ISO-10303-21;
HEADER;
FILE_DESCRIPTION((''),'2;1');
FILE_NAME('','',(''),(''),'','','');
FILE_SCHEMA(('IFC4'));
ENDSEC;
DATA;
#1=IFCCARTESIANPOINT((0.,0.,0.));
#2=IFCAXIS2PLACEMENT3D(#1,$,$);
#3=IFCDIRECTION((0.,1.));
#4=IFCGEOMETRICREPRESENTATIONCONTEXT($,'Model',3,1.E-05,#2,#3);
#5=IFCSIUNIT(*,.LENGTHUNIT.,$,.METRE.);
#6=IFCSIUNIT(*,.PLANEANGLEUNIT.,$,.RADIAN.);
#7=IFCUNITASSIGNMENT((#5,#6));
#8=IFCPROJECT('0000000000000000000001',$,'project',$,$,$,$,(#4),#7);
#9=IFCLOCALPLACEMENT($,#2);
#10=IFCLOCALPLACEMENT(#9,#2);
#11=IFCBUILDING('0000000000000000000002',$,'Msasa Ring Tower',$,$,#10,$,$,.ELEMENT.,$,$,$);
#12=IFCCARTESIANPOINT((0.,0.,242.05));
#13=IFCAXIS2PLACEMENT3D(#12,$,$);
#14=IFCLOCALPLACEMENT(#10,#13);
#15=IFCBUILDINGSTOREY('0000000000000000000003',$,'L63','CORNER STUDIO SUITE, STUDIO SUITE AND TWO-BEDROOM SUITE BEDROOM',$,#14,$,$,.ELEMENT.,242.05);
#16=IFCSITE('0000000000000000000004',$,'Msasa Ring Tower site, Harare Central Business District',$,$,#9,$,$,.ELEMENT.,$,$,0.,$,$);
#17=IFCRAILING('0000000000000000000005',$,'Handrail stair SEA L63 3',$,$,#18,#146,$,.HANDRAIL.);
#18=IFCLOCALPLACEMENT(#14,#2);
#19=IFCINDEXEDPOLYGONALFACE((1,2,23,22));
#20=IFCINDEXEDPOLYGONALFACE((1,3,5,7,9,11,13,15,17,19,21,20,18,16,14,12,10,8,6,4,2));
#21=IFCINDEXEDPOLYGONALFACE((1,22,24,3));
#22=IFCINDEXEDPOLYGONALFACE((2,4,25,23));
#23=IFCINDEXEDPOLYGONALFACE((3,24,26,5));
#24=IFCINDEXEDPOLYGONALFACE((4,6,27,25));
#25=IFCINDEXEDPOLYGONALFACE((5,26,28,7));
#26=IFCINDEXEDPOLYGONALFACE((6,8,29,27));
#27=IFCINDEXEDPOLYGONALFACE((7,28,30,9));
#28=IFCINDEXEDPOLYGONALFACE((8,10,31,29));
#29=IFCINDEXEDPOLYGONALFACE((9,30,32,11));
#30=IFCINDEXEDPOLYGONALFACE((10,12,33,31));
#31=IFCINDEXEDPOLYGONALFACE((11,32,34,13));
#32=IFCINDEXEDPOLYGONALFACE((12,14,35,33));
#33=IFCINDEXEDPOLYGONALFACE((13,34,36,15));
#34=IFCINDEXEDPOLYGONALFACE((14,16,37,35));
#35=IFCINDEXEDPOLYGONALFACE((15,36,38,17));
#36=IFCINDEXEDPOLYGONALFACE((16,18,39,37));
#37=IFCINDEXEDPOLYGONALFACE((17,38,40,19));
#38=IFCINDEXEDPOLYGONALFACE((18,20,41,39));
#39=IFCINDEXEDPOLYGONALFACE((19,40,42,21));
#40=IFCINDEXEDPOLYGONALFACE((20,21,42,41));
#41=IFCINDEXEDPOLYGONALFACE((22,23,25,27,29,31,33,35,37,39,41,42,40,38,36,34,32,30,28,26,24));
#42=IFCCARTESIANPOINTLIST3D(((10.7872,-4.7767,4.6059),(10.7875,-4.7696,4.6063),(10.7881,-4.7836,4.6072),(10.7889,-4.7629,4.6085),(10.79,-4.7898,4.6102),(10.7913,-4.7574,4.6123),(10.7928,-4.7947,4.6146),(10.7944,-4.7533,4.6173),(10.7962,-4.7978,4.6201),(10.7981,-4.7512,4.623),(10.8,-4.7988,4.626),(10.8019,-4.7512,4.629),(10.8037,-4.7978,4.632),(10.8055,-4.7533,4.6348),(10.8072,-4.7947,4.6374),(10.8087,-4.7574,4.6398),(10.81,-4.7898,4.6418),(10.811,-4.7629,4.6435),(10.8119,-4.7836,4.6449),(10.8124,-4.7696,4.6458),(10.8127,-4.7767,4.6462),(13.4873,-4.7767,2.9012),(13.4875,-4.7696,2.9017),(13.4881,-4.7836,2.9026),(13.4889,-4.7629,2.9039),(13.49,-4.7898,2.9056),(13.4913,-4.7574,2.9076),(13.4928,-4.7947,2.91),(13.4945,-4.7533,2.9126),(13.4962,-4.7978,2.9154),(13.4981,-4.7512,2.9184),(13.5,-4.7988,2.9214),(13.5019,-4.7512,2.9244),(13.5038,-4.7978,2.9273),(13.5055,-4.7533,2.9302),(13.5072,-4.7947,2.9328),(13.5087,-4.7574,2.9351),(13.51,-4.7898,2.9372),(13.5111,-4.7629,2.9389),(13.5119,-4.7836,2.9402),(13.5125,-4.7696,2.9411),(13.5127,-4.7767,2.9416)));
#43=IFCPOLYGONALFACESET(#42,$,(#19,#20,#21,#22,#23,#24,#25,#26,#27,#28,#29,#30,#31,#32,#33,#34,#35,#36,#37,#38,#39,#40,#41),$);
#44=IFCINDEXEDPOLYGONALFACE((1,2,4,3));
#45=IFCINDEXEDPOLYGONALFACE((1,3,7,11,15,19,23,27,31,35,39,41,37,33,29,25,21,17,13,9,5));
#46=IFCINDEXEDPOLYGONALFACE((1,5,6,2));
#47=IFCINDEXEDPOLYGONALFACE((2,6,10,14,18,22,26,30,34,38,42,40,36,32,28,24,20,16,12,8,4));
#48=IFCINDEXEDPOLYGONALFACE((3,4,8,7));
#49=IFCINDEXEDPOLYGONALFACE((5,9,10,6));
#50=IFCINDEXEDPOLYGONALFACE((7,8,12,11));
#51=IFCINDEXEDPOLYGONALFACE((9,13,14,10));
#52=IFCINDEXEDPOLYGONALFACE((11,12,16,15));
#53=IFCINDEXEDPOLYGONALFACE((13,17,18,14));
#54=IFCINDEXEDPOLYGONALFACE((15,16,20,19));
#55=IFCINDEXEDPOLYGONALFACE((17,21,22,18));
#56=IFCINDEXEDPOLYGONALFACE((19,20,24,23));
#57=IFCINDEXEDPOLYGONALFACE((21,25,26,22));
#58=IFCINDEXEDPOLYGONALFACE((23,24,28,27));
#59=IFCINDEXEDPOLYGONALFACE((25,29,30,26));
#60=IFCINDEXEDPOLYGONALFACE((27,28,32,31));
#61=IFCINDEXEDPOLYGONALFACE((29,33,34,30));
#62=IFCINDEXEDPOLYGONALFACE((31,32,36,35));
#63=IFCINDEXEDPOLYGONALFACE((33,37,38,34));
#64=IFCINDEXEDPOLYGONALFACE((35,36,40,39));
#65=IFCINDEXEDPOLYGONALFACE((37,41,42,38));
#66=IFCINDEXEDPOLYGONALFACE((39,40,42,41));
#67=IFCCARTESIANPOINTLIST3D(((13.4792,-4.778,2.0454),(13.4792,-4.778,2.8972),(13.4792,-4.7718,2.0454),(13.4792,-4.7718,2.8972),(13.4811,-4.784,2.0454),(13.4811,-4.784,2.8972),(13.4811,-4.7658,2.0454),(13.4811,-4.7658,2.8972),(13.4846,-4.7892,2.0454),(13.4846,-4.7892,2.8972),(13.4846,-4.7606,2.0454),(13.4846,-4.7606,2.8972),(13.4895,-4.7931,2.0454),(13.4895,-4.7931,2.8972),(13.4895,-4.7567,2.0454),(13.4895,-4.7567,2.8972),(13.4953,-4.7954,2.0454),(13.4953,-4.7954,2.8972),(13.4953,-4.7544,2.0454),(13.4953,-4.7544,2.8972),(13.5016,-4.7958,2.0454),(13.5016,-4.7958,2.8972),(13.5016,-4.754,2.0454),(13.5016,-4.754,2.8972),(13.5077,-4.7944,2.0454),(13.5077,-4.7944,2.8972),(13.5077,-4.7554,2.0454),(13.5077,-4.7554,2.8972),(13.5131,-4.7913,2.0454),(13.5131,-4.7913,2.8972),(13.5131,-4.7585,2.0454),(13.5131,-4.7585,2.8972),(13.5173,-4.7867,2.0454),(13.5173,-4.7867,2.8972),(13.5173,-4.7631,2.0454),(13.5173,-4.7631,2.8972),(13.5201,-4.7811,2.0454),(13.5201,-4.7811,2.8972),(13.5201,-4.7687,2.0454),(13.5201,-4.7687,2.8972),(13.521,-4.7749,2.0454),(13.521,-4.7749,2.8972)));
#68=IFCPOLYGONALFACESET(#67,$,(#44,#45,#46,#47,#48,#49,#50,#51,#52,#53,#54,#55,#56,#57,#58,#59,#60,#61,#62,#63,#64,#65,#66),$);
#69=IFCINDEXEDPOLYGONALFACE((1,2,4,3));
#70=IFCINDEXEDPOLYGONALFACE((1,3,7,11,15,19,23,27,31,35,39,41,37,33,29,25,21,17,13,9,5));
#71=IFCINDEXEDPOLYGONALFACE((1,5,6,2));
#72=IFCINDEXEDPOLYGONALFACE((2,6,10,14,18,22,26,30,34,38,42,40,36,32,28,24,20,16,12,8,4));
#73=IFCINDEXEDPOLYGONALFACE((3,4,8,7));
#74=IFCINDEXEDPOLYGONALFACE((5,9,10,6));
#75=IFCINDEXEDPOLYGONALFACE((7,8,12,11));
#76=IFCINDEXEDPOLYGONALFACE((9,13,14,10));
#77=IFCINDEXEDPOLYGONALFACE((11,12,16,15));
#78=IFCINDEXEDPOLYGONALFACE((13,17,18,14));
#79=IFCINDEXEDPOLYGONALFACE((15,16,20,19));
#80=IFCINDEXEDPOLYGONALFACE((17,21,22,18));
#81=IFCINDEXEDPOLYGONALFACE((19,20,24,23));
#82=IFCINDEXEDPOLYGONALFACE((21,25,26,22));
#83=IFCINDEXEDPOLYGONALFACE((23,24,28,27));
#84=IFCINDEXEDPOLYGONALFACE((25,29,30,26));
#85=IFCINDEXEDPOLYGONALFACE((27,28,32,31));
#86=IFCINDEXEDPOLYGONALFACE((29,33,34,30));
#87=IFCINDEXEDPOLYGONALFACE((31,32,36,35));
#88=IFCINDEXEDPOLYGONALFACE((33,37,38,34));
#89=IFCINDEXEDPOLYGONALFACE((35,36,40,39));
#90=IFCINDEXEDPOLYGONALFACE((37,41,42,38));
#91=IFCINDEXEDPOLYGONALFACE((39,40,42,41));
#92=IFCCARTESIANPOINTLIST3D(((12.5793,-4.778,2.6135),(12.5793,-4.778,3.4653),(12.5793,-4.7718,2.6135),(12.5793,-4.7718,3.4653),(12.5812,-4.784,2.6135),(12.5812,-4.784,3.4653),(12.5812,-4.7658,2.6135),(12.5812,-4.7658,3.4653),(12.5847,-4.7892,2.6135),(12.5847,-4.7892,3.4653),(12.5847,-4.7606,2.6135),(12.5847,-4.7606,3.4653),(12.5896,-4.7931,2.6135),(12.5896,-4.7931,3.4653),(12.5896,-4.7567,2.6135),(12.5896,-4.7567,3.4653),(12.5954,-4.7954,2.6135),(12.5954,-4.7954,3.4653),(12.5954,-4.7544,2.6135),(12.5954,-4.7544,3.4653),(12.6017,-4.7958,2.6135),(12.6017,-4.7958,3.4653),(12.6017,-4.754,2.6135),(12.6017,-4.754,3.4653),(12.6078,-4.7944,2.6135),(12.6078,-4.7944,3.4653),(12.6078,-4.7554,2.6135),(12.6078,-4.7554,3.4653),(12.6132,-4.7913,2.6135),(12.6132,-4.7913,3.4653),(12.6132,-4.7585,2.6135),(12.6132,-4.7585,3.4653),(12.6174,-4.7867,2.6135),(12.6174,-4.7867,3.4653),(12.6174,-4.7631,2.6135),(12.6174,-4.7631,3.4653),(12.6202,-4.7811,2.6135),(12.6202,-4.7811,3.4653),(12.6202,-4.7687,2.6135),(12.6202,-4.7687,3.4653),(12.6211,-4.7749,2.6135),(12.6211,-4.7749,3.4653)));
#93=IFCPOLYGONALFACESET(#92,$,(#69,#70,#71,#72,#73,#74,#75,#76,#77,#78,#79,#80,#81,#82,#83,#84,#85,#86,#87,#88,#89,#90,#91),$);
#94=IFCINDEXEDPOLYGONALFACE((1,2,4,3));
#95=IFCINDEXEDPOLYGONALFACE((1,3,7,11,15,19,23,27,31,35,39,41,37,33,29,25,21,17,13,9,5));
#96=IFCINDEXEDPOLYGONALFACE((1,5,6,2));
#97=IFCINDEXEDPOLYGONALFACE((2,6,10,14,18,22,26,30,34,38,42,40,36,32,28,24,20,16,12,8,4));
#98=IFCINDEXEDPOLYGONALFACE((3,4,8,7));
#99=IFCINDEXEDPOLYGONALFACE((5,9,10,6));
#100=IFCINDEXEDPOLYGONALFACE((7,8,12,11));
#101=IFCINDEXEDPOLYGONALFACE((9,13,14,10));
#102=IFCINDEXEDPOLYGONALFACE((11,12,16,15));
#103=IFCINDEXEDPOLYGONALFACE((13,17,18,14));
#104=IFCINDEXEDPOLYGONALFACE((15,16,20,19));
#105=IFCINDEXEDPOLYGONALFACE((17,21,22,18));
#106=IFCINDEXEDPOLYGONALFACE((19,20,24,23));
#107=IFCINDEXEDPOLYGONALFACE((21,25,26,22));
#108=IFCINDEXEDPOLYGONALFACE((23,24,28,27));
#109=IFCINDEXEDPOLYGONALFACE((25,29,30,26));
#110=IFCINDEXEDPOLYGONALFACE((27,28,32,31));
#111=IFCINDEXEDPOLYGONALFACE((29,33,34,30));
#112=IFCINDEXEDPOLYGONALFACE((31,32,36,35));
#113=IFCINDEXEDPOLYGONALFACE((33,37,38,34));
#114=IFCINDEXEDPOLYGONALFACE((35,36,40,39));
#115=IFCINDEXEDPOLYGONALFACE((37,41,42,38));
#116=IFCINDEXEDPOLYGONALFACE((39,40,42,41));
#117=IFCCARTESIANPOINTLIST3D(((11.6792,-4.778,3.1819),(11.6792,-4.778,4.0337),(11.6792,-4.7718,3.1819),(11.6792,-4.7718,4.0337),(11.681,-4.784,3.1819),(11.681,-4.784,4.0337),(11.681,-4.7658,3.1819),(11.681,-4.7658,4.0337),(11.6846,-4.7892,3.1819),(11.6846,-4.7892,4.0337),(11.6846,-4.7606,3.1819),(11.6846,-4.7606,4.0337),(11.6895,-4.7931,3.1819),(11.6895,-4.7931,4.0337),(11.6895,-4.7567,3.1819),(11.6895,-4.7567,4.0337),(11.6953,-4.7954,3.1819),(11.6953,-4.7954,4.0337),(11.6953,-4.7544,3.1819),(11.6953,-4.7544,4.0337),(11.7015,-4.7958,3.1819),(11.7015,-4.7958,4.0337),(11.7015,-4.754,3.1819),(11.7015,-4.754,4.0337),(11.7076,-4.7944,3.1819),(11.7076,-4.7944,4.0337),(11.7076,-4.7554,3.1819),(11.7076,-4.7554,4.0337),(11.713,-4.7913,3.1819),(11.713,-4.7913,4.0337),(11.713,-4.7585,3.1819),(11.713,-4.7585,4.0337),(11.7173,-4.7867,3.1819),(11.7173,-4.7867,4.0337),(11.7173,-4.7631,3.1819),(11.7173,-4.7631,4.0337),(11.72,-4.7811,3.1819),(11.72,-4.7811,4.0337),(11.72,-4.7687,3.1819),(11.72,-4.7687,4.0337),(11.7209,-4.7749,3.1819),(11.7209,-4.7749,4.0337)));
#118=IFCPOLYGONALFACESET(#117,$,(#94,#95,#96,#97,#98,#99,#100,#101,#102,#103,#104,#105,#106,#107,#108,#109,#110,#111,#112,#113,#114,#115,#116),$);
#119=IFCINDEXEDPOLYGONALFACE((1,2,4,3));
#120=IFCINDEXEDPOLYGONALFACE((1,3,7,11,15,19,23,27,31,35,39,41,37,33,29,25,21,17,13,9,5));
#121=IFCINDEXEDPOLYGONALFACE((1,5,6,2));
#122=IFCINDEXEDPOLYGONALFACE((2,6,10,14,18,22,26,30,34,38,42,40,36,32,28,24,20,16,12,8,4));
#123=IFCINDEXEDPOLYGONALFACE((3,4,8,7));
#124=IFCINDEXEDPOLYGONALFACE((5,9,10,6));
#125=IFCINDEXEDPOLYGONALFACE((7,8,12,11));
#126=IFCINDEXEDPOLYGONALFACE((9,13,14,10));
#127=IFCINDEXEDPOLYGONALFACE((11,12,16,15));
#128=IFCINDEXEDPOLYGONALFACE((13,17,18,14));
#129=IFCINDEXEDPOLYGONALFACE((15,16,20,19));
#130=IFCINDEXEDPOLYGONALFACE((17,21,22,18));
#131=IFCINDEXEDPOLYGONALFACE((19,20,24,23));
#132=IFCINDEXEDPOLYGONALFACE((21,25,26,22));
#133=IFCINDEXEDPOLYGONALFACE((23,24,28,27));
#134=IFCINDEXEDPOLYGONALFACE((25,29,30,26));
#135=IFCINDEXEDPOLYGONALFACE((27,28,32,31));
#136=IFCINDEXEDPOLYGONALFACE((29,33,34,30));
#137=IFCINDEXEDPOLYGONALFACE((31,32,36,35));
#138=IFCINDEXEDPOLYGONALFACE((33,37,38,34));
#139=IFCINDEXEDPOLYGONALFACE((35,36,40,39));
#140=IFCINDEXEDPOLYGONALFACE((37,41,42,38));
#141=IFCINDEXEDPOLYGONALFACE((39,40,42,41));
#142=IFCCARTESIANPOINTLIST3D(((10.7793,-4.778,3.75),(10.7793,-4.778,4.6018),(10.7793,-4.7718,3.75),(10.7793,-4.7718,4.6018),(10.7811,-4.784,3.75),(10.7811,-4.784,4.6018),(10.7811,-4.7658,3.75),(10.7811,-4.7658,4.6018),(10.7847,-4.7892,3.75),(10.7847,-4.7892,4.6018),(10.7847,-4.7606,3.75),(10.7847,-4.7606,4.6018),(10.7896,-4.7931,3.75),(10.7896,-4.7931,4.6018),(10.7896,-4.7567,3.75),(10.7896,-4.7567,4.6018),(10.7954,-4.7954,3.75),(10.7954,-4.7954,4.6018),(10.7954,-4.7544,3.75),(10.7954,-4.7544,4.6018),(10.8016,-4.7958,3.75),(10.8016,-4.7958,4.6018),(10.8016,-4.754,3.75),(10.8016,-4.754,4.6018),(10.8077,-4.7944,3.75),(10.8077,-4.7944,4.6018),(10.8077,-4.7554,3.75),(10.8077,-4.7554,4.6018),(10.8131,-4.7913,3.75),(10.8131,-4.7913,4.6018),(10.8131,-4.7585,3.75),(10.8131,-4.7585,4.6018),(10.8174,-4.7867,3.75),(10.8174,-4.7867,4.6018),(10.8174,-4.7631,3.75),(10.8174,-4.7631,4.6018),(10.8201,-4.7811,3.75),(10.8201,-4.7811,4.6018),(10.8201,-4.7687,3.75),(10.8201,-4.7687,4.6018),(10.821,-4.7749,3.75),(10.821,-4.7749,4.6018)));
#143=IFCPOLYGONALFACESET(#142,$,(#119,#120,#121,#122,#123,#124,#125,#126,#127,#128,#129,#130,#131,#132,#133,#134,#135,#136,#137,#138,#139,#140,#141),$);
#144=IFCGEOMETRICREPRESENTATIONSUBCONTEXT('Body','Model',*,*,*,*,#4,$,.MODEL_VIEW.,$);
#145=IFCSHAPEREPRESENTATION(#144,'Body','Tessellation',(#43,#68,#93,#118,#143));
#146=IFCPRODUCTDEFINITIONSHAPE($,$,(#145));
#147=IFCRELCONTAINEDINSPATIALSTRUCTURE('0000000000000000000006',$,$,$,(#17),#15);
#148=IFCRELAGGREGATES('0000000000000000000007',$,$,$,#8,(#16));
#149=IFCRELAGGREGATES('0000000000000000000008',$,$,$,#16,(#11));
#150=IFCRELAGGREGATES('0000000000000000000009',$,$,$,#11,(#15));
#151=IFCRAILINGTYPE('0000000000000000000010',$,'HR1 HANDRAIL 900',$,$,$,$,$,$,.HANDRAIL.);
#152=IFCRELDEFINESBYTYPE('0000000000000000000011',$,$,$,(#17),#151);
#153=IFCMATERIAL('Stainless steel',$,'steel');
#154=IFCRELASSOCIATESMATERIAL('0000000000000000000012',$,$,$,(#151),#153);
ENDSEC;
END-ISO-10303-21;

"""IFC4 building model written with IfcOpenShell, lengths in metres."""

from ifc_helpers import new_model, si_unit, direction, frame, origin, origin_2d, place, context, subcontext, project, spatial, circle, extrude, material, type_object, element, save


model = new_model("IFC4")

# Units and contexts
model_context = context("Model", 3, precision=1e-05, world=origin(), true_north=direction((0.0, 1.0)))
body_context = subcontext(model_context, "Body", "Model", "MODEL_VIEW")
ifc_project = project(units=[si_unit("LENGTHUNIT", "METRE"), si_unit("PLANEANGLEUNIT", "RADIAN")], contexts=[model_context])

# Site, building, storey
site_placement = place(None, origin())
site = spatial("IfcSite", under=ifc_project, at=site_placement, Name="Msasa Ring Tower site, Harare Central Business District", CompositionType="ELEMENT", RefElevation=0.0)
building_placement = place(site_placement, origin())
building = spatial("IfcBuilding", under=site, at=building_placement, Name="Msasa Ring Tower", CompositionType="ELEMENT")
storey_placement = place(building_placement, frame((0.0, 0.0, 242.05)))
storey = spatial("IfcBuildingStorey", under=building, at=storey_placement, Name="L63", Description="CORNER STUDIO SUITE, STUDIO SUITE AND TWO-BEDROOM SUITE BEDROOM", CompositionType="ELEMENT", Elevation=242.05)

# Railing
ifc_material_1 = material(Name="Stainless steel", Category="steel")
railing_type = type_object("IfcRailingType", Name="HR1 HANDRAIL 900", PredefinedType="HANDRAIL", material=ifc_material_1)
for number, where, name in (
    (1, (13.5, -4.7749, 2.0454), "Handrail stair SEA L63 3"),
):
    element("IfcRailing", number, at=place(storey_placement, frame(where)), inside=storey, type_object=railing_type, Name=name, PredefinedType="HANDRAIL", context=body_context, shape_type="SweptSolid", body=[
        extrude(circle(Radius=0.0239, at=origin_2d()), frame((0.0, 0.0, 0.876), z_axis=(-0.84558, 0.0, 0.533849), x_axis=(0.0, -1.0, 0.0)), (0.0, 0.0, 1.0), 3.1931),
        extrude(circle(Radius=0.021, at=origin_2d()), origin(), (0.0, 0.0, 1.0), 0.8518),
        extrude(circle(Radius=0.021, at=origin_2d()), frame((-0.8999, 0.0, 0.5681)), (0.0, 0.0, 1.0), 0.8518),
        extrude(circle(Radius=0.021, at=origin_2d()), frame((-1.8, 0.0, 1.1365)), (0.0, 0.0, 1.0), 0.8518),
        extrude(circle(Radius=0.021, at=origin_2d()), frame((-2.7, 0.0, 1.7046)), (0.0, 0.0, 1.0), 0.8518),
    ])

save(model, "model.ifc")
